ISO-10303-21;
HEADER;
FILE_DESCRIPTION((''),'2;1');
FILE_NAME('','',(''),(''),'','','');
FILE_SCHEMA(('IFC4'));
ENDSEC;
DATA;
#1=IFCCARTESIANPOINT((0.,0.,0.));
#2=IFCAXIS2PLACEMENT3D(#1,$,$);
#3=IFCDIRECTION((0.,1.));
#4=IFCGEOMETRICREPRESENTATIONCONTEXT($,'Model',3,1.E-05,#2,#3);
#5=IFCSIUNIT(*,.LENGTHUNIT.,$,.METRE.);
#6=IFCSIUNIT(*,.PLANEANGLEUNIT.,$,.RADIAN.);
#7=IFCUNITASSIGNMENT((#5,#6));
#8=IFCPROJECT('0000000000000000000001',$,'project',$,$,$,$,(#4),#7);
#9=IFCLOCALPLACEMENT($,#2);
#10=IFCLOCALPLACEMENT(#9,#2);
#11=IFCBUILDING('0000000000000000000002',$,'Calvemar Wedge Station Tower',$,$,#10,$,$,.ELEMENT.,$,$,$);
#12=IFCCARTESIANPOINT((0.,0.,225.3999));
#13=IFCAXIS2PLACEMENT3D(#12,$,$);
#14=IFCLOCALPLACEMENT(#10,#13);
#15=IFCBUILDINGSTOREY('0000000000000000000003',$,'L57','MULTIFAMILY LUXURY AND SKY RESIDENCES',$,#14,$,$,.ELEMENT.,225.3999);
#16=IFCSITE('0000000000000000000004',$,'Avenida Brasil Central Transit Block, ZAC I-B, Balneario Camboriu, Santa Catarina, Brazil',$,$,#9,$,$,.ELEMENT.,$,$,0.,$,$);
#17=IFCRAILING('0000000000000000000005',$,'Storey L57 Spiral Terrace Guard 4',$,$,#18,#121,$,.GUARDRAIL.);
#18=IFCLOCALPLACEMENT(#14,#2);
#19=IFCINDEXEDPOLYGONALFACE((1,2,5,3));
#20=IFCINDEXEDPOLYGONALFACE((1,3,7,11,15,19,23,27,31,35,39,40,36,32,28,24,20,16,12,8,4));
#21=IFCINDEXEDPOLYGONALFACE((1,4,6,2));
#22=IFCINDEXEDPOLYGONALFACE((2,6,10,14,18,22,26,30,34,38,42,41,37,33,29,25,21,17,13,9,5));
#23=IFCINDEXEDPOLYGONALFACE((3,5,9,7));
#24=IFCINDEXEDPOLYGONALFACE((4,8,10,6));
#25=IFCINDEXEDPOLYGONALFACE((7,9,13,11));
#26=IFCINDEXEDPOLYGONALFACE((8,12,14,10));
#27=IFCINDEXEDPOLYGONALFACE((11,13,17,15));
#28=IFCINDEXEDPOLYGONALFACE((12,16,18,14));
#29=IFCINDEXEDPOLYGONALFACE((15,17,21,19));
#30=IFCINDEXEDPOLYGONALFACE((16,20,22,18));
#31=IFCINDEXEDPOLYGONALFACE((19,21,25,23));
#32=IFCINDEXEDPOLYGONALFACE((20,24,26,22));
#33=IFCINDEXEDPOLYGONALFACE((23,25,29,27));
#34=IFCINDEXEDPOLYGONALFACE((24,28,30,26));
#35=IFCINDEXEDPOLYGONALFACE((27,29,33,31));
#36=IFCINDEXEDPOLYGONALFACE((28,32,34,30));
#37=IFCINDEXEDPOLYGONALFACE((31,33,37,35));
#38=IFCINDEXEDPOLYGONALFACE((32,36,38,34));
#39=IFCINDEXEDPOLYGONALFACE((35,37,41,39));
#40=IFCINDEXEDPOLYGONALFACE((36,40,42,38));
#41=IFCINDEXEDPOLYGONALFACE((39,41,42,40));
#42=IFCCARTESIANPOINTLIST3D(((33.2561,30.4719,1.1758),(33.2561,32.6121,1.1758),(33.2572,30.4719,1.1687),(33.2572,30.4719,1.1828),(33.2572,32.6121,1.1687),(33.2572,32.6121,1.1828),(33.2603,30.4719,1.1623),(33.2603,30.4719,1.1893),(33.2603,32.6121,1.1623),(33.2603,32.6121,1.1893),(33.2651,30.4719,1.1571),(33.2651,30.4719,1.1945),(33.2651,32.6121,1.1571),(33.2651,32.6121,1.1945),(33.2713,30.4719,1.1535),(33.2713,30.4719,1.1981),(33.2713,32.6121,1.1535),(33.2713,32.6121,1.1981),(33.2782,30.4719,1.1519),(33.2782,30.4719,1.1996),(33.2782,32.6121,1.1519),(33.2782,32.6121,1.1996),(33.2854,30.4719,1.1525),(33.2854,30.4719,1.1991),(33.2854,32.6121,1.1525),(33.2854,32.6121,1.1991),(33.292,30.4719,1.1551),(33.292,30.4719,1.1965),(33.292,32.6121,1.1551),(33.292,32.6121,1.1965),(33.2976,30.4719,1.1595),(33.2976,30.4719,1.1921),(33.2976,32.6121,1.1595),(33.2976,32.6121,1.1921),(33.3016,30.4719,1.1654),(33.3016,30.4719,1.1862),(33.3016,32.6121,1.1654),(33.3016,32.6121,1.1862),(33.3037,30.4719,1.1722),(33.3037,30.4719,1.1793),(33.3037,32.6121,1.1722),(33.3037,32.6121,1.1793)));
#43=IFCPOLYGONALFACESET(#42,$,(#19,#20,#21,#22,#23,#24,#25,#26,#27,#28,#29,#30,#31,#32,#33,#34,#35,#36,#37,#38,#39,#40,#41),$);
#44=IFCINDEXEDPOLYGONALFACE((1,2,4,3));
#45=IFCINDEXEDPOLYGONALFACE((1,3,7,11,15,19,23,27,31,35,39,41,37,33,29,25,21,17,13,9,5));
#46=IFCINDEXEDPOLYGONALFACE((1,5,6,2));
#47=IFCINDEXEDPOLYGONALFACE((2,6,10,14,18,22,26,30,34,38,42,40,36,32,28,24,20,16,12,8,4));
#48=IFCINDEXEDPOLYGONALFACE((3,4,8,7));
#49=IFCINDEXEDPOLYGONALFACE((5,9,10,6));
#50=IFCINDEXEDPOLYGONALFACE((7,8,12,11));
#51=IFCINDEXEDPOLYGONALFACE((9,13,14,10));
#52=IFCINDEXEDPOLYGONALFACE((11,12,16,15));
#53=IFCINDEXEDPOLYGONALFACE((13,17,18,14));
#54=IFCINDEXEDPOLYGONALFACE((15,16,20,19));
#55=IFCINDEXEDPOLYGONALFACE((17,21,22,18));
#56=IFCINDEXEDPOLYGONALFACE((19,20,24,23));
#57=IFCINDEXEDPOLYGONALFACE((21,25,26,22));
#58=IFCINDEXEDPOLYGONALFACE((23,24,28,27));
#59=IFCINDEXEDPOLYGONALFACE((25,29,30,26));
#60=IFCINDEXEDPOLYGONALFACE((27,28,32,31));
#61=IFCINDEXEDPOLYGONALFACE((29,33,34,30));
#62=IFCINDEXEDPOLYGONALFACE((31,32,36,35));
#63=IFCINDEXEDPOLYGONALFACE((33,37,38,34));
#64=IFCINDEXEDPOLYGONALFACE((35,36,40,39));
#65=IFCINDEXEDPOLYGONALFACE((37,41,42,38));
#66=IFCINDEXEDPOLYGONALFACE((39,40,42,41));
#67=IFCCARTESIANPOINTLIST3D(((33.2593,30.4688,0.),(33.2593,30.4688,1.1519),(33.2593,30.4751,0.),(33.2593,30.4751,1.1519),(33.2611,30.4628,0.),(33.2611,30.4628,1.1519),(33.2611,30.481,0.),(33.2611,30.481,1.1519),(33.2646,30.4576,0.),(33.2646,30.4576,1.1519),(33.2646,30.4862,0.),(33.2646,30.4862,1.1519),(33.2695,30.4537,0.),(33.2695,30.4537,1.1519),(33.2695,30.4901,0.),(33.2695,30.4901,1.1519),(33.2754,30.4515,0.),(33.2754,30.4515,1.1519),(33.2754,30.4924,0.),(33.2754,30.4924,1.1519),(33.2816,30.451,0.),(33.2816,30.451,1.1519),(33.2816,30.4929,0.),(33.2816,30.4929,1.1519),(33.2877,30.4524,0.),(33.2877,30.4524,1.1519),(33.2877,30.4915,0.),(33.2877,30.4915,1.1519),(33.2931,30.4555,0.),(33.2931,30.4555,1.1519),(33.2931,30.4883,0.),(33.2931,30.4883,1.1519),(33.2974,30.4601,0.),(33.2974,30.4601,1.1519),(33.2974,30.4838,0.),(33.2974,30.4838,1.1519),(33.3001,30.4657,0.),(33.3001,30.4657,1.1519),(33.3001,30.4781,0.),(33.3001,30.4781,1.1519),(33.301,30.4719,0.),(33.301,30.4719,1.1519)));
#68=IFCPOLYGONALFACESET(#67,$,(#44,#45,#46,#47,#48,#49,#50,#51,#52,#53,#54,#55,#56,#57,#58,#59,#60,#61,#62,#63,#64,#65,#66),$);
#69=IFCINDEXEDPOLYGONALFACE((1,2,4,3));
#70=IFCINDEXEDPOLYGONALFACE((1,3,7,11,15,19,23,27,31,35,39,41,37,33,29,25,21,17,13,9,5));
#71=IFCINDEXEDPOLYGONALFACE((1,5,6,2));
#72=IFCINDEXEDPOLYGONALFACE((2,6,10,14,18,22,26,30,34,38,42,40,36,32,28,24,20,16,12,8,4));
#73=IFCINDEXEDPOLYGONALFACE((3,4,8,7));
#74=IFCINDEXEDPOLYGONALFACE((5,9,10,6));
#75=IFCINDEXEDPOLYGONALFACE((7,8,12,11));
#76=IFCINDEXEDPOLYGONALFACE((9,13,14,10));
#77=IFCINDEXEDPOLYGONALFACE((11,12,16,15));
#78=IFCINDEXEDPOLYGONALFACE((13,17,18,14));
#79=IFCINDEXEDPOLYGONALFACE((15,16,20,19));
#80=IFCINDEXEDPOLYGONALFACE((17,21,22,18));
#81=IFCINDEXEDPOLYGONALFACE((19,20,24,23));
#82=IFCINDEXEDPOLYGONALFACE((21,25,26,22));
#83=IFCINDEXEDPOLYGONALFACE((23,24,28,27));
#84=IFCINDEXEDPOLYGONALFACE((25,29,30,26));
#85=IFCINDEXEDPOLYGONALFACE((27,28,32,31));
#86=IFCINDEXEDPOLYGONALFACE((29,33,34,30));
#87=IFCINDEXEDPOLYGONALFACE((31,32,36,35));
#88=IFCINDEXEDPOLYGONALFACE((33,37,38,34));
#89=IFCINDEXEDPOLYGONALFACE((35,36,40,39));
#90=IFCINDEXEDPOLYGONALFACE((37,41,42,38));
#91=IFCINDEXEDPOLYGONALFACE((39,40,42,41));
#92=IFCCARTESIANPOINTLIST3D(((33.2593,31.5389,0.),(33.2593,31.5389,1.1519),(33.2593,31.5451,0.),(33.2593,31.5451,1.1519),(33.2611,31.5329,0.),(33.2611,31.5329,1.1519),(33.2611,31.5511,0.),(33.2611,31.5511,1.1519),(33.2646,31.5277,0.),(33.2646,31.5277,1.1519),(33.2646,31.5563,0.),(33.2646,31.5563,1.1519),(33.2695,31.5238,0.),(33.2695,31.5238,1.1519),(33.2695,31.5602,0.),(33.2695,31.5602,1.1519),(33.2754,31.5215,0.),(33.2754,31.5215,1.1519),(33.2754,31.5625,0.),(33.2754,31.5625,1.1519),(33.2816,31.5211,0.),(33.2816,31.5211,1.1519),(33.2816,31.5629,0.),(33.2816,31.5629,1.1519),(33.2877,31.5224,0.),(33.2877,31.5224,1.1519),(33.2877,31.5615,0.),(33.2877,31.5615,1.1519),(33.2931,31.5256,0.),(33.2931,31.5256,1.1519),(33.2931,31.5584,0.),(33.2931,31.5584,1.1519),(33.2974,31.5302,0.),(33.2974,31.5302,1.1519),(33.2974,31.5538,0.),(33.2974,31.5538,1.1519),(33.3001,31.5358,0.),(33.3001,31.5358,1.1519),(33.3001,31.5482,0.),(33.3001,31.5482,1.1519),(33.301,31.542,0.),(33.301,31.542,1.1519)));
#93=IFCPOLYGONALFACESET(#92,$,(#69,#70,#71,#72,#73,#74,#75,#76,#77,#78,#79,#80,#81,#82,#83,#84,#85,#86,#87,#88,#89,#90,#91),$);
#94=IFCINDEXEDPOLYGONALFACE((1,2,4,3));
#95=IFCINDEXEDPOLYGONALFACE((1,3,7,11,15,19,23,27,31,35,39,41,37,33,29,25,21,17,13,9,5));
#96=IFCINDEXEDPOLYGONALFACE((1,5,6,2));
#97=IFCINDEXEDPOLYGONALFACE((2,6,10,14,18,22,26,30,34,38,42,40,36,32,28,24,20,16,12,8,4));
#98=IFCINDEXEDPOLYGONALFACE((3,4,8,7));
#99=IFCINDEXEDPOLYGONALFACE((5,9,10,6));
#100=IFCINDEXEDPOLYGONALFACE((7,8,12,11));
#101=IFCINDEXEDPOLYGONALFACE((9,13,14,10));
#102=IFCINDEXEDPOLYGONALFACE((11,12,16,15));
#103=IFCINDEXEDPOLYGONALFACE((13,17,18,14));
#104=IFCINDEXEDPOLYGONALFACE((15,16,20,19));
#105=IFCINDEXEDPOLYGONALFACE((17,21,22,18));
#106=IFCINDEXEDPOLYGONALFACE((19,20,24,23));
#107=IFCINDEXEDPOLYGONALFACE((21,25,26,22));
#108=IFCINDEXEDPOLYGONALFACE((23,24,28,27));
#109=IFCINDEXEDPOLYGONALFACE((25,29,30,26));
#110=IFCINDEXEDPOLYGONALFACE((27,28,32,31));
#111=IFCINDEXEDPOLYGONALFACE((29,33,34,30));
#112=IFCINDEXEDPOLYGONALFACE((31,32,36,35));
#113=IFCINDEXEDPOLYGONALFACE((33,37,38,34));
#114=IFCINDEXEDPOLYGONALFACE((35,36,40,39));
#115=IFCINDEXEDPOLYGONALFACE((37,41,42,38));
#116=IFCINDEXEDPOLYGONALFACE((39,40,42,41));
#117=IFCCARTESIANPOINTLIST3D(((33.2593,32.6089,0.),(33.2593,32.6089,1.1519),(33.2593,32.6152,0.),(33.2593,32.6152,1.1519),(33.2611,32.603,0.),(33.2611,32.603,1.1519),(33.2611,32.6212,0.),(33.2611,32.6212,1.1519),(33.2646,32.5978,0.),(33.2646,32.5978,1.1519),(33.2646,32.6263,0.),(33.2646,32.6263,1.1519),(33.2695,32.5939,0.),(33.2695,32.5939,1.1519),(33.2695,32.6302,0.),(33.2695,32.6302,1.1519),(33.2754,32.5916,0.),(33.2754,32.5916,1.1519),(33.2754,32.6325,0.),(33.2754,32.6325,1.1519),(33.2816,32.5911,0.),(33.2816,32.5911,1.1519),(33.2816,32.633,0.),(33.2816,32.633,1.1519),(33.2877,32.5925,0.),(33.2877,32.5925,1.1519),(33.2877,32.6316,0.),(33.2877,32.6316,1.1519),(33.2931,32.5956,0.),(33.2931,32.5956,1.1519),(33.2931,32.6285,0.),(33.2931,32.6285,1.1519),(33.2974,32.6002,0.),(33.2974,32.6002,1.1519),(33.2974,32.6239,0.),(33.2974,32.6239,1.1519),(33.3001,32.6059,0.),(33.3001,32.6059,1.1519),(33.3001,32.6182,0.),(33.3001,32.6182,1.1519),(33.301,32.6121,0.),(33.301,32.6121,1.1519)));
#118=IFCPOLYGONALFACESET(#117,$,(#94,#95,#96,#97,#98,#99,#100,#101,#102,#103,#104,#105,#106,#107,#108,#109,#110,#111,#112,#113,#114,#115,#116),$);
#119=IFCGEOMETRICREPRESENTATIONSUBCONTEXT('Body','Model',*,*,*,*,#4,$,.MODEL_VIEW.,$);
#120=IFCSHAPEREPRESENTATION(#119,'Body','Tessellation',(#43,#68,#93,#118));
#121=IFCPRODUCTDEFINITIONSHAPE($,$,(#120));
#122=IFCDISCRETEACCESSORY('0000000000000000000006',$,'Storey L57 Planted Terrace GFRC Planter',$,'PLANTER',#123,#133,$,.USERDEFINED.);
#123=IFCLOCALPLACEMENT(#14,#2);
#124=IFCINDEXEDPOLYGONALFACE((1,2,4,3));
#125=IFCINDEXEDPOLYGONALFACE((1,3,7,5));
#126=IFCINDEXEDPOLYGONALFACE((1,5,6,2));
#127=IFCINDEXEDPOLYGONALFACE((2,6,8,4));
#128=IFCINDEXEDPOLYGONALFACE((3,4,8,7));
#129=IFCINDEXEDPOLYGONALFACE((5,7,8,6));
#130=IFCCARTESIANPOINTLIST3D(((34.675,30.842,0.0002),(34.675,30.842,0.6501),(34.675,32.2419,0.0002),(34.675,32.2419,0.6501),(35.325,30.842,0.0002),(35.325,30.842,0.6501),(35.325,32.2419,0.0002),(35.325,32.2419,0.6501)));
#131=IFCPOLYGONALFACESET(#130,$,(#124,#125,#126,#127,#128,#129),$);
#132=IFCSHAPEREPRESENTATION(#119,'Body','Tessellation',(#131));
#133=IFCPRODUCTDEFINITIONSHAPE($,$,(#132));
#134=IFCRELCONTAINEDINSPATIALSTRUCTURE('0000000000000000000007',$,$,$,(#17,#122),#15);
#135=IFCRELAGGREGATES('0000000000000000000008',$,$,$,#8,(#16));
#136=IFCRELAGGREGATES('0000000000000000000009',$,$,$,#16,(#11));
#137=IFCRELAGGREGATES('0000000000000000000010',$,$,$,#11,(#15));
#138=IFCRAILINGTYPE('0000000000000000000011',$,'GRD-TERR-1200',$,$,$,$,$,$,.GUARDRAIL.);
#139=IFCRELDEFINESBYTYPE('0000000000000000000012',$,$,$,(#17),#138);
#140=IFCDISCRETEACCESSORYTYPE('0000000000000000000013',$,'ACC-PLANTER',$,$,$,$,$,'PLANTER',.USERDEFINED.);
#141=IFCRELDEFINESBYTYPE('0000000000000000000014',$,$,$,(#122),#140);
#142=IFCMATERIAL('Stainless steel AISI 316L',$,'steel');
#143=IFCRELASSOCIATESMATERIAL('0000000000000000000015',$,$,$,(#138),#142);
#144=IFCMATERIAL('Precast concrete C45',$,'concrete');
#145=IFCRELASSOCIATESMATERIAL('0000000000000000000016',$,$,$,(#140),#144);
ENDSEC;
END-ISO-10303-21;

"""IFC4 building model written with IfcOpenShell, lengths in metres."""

from ifc_helpers import new_model, si_unit, direction, frame, origin, origin_2d, place, context, subcontext, project, spatial, rectangle, circle, extrude, source, transform, mapped, material, type_object, element, save


model = new_model("IFC4")

# Units and contexts
model_context = context("Model", 3, precision=1e-05, world=origin(), true_north=direction((0.0, 1.0)))
body_context = subcontext(model_context, "Body", "Model", "MODEL_VIEW")
ifc_project = project(units=[si_unit("LENGTHUNIT", "METRE"), si_unit("PLANEANGLEUNIT", "RADIAN")], contexts=[model_context])

# Site, building, storey
site_placement = place(None, origin())
site = spatial("IfcSite", under=ifc_project, at=site_placement, Name="Avenida Brasil Central Transit Block, ZAC I-B, Balneario Camboriu, Santa Catarina, Brazil", CompositionType="ELEMENT", RefElevation=0.0)
building_placement = place(site_placement, origin())
building = spatial("IfcBuilding", under=site, at=building_placement, Name="Calvemar Wedge Station Tower", CompositionType="ELEMENT")
storey_placement = place(building_placement, frame((0.0, 0.0, 225.3999)))
storey = spatial("IfcBuildingStorey", under=building, at=storey_placement, Name="L57", Description="MULTIFAMILY LUXURY AND SKY RESIDENCES", CompositionType="ELEMENT", Elevation=225.3999)

# Shared definitions
ifc_material_1 = material(Name="Precast concrete C45", Category="concrete")

# Railing
ifc_material_2 = material(Name="Stainless steel AISI 316L", Category="steel")
railing_type = type_object("IfcRailingType", Name="GRD-TERR-1200", PredefinedType="GUARDRAIL", material=ifc_material_2)
railing_1_placement = place(storey_placement, frame((33.28, 30.4719, 0.0)))
element("IfcRailing", 1, at=railing_1_placement, inside=storey, type_object=railing_type, Name="Storey L57 Spiral Terrace Guard 4", PredefinedType="GUARDRAIL", context=body_context, shape_type="SweptSolid", body=[
    extrude(circle(Radius=0.0239, at=origin_2d()), frame((0.0, 0.0, 1.1758), z_axis=(0.0, 1.0, 0.0), x_axis=(-1.0, 0.0, 0.0)), (0.0, 0.0, 1.0), 2.1401),
    extrude(circle(Radius=0.021, at=origin_2d()), origin(), (0.0, 0.0, 1.0), 1.1519),
    extrude(circle(Radius=0.021, at=origin_2d()), frame((0.0, 1.0701, 0.0)), (0.0, 0.0, 1.0), 1.1519),
    extrude(circle(Radius=0.021, at=origin_2d()), frame((0.0, 2.1401, 0.0)), (0.0, 0.0, 1.0), 1.1519),
])

# Discrete accessory
discrete_accessory_type = type_object("IfcDiscreteAccessoryType", Name="ACC-PLANTER", ElementType="PLANTER", PredefinedType="USERDEFINED", material=ifc_material_1)
shared_shape_1 = source(origin(), body_context, "Body", "SweptSolid", [
    extrude(rectangle(XDim=0.6499, YDim=1.3999, at=origin_2d()), origin(), (0.0, 0.0, 1.0), 0.6499),
])
discrete_accessory_placement = place(storey_placement, frame((35.0, 31.542, 0.0002), z_axis=(0.0, 0.0, 1.0), x_axis=(1.0, 0.0, 0.0)))
element("IfcDiscreteAccessory", 2, at=discrete_accessory_placement, inside=storey, type_object=discrete_accessory_type, Name="Storey L57 Planted Terrace GFRC Planter", ObjectType="PLANTER", PredefinedType="USERDEFINED", context=body_context, shape_type="MappedRepresentation", body=[
    mapped(shared_shape_1, transform((0.0, 0.0, 0.0), scale=1.0)),
])

save(model, "model.ifc")
